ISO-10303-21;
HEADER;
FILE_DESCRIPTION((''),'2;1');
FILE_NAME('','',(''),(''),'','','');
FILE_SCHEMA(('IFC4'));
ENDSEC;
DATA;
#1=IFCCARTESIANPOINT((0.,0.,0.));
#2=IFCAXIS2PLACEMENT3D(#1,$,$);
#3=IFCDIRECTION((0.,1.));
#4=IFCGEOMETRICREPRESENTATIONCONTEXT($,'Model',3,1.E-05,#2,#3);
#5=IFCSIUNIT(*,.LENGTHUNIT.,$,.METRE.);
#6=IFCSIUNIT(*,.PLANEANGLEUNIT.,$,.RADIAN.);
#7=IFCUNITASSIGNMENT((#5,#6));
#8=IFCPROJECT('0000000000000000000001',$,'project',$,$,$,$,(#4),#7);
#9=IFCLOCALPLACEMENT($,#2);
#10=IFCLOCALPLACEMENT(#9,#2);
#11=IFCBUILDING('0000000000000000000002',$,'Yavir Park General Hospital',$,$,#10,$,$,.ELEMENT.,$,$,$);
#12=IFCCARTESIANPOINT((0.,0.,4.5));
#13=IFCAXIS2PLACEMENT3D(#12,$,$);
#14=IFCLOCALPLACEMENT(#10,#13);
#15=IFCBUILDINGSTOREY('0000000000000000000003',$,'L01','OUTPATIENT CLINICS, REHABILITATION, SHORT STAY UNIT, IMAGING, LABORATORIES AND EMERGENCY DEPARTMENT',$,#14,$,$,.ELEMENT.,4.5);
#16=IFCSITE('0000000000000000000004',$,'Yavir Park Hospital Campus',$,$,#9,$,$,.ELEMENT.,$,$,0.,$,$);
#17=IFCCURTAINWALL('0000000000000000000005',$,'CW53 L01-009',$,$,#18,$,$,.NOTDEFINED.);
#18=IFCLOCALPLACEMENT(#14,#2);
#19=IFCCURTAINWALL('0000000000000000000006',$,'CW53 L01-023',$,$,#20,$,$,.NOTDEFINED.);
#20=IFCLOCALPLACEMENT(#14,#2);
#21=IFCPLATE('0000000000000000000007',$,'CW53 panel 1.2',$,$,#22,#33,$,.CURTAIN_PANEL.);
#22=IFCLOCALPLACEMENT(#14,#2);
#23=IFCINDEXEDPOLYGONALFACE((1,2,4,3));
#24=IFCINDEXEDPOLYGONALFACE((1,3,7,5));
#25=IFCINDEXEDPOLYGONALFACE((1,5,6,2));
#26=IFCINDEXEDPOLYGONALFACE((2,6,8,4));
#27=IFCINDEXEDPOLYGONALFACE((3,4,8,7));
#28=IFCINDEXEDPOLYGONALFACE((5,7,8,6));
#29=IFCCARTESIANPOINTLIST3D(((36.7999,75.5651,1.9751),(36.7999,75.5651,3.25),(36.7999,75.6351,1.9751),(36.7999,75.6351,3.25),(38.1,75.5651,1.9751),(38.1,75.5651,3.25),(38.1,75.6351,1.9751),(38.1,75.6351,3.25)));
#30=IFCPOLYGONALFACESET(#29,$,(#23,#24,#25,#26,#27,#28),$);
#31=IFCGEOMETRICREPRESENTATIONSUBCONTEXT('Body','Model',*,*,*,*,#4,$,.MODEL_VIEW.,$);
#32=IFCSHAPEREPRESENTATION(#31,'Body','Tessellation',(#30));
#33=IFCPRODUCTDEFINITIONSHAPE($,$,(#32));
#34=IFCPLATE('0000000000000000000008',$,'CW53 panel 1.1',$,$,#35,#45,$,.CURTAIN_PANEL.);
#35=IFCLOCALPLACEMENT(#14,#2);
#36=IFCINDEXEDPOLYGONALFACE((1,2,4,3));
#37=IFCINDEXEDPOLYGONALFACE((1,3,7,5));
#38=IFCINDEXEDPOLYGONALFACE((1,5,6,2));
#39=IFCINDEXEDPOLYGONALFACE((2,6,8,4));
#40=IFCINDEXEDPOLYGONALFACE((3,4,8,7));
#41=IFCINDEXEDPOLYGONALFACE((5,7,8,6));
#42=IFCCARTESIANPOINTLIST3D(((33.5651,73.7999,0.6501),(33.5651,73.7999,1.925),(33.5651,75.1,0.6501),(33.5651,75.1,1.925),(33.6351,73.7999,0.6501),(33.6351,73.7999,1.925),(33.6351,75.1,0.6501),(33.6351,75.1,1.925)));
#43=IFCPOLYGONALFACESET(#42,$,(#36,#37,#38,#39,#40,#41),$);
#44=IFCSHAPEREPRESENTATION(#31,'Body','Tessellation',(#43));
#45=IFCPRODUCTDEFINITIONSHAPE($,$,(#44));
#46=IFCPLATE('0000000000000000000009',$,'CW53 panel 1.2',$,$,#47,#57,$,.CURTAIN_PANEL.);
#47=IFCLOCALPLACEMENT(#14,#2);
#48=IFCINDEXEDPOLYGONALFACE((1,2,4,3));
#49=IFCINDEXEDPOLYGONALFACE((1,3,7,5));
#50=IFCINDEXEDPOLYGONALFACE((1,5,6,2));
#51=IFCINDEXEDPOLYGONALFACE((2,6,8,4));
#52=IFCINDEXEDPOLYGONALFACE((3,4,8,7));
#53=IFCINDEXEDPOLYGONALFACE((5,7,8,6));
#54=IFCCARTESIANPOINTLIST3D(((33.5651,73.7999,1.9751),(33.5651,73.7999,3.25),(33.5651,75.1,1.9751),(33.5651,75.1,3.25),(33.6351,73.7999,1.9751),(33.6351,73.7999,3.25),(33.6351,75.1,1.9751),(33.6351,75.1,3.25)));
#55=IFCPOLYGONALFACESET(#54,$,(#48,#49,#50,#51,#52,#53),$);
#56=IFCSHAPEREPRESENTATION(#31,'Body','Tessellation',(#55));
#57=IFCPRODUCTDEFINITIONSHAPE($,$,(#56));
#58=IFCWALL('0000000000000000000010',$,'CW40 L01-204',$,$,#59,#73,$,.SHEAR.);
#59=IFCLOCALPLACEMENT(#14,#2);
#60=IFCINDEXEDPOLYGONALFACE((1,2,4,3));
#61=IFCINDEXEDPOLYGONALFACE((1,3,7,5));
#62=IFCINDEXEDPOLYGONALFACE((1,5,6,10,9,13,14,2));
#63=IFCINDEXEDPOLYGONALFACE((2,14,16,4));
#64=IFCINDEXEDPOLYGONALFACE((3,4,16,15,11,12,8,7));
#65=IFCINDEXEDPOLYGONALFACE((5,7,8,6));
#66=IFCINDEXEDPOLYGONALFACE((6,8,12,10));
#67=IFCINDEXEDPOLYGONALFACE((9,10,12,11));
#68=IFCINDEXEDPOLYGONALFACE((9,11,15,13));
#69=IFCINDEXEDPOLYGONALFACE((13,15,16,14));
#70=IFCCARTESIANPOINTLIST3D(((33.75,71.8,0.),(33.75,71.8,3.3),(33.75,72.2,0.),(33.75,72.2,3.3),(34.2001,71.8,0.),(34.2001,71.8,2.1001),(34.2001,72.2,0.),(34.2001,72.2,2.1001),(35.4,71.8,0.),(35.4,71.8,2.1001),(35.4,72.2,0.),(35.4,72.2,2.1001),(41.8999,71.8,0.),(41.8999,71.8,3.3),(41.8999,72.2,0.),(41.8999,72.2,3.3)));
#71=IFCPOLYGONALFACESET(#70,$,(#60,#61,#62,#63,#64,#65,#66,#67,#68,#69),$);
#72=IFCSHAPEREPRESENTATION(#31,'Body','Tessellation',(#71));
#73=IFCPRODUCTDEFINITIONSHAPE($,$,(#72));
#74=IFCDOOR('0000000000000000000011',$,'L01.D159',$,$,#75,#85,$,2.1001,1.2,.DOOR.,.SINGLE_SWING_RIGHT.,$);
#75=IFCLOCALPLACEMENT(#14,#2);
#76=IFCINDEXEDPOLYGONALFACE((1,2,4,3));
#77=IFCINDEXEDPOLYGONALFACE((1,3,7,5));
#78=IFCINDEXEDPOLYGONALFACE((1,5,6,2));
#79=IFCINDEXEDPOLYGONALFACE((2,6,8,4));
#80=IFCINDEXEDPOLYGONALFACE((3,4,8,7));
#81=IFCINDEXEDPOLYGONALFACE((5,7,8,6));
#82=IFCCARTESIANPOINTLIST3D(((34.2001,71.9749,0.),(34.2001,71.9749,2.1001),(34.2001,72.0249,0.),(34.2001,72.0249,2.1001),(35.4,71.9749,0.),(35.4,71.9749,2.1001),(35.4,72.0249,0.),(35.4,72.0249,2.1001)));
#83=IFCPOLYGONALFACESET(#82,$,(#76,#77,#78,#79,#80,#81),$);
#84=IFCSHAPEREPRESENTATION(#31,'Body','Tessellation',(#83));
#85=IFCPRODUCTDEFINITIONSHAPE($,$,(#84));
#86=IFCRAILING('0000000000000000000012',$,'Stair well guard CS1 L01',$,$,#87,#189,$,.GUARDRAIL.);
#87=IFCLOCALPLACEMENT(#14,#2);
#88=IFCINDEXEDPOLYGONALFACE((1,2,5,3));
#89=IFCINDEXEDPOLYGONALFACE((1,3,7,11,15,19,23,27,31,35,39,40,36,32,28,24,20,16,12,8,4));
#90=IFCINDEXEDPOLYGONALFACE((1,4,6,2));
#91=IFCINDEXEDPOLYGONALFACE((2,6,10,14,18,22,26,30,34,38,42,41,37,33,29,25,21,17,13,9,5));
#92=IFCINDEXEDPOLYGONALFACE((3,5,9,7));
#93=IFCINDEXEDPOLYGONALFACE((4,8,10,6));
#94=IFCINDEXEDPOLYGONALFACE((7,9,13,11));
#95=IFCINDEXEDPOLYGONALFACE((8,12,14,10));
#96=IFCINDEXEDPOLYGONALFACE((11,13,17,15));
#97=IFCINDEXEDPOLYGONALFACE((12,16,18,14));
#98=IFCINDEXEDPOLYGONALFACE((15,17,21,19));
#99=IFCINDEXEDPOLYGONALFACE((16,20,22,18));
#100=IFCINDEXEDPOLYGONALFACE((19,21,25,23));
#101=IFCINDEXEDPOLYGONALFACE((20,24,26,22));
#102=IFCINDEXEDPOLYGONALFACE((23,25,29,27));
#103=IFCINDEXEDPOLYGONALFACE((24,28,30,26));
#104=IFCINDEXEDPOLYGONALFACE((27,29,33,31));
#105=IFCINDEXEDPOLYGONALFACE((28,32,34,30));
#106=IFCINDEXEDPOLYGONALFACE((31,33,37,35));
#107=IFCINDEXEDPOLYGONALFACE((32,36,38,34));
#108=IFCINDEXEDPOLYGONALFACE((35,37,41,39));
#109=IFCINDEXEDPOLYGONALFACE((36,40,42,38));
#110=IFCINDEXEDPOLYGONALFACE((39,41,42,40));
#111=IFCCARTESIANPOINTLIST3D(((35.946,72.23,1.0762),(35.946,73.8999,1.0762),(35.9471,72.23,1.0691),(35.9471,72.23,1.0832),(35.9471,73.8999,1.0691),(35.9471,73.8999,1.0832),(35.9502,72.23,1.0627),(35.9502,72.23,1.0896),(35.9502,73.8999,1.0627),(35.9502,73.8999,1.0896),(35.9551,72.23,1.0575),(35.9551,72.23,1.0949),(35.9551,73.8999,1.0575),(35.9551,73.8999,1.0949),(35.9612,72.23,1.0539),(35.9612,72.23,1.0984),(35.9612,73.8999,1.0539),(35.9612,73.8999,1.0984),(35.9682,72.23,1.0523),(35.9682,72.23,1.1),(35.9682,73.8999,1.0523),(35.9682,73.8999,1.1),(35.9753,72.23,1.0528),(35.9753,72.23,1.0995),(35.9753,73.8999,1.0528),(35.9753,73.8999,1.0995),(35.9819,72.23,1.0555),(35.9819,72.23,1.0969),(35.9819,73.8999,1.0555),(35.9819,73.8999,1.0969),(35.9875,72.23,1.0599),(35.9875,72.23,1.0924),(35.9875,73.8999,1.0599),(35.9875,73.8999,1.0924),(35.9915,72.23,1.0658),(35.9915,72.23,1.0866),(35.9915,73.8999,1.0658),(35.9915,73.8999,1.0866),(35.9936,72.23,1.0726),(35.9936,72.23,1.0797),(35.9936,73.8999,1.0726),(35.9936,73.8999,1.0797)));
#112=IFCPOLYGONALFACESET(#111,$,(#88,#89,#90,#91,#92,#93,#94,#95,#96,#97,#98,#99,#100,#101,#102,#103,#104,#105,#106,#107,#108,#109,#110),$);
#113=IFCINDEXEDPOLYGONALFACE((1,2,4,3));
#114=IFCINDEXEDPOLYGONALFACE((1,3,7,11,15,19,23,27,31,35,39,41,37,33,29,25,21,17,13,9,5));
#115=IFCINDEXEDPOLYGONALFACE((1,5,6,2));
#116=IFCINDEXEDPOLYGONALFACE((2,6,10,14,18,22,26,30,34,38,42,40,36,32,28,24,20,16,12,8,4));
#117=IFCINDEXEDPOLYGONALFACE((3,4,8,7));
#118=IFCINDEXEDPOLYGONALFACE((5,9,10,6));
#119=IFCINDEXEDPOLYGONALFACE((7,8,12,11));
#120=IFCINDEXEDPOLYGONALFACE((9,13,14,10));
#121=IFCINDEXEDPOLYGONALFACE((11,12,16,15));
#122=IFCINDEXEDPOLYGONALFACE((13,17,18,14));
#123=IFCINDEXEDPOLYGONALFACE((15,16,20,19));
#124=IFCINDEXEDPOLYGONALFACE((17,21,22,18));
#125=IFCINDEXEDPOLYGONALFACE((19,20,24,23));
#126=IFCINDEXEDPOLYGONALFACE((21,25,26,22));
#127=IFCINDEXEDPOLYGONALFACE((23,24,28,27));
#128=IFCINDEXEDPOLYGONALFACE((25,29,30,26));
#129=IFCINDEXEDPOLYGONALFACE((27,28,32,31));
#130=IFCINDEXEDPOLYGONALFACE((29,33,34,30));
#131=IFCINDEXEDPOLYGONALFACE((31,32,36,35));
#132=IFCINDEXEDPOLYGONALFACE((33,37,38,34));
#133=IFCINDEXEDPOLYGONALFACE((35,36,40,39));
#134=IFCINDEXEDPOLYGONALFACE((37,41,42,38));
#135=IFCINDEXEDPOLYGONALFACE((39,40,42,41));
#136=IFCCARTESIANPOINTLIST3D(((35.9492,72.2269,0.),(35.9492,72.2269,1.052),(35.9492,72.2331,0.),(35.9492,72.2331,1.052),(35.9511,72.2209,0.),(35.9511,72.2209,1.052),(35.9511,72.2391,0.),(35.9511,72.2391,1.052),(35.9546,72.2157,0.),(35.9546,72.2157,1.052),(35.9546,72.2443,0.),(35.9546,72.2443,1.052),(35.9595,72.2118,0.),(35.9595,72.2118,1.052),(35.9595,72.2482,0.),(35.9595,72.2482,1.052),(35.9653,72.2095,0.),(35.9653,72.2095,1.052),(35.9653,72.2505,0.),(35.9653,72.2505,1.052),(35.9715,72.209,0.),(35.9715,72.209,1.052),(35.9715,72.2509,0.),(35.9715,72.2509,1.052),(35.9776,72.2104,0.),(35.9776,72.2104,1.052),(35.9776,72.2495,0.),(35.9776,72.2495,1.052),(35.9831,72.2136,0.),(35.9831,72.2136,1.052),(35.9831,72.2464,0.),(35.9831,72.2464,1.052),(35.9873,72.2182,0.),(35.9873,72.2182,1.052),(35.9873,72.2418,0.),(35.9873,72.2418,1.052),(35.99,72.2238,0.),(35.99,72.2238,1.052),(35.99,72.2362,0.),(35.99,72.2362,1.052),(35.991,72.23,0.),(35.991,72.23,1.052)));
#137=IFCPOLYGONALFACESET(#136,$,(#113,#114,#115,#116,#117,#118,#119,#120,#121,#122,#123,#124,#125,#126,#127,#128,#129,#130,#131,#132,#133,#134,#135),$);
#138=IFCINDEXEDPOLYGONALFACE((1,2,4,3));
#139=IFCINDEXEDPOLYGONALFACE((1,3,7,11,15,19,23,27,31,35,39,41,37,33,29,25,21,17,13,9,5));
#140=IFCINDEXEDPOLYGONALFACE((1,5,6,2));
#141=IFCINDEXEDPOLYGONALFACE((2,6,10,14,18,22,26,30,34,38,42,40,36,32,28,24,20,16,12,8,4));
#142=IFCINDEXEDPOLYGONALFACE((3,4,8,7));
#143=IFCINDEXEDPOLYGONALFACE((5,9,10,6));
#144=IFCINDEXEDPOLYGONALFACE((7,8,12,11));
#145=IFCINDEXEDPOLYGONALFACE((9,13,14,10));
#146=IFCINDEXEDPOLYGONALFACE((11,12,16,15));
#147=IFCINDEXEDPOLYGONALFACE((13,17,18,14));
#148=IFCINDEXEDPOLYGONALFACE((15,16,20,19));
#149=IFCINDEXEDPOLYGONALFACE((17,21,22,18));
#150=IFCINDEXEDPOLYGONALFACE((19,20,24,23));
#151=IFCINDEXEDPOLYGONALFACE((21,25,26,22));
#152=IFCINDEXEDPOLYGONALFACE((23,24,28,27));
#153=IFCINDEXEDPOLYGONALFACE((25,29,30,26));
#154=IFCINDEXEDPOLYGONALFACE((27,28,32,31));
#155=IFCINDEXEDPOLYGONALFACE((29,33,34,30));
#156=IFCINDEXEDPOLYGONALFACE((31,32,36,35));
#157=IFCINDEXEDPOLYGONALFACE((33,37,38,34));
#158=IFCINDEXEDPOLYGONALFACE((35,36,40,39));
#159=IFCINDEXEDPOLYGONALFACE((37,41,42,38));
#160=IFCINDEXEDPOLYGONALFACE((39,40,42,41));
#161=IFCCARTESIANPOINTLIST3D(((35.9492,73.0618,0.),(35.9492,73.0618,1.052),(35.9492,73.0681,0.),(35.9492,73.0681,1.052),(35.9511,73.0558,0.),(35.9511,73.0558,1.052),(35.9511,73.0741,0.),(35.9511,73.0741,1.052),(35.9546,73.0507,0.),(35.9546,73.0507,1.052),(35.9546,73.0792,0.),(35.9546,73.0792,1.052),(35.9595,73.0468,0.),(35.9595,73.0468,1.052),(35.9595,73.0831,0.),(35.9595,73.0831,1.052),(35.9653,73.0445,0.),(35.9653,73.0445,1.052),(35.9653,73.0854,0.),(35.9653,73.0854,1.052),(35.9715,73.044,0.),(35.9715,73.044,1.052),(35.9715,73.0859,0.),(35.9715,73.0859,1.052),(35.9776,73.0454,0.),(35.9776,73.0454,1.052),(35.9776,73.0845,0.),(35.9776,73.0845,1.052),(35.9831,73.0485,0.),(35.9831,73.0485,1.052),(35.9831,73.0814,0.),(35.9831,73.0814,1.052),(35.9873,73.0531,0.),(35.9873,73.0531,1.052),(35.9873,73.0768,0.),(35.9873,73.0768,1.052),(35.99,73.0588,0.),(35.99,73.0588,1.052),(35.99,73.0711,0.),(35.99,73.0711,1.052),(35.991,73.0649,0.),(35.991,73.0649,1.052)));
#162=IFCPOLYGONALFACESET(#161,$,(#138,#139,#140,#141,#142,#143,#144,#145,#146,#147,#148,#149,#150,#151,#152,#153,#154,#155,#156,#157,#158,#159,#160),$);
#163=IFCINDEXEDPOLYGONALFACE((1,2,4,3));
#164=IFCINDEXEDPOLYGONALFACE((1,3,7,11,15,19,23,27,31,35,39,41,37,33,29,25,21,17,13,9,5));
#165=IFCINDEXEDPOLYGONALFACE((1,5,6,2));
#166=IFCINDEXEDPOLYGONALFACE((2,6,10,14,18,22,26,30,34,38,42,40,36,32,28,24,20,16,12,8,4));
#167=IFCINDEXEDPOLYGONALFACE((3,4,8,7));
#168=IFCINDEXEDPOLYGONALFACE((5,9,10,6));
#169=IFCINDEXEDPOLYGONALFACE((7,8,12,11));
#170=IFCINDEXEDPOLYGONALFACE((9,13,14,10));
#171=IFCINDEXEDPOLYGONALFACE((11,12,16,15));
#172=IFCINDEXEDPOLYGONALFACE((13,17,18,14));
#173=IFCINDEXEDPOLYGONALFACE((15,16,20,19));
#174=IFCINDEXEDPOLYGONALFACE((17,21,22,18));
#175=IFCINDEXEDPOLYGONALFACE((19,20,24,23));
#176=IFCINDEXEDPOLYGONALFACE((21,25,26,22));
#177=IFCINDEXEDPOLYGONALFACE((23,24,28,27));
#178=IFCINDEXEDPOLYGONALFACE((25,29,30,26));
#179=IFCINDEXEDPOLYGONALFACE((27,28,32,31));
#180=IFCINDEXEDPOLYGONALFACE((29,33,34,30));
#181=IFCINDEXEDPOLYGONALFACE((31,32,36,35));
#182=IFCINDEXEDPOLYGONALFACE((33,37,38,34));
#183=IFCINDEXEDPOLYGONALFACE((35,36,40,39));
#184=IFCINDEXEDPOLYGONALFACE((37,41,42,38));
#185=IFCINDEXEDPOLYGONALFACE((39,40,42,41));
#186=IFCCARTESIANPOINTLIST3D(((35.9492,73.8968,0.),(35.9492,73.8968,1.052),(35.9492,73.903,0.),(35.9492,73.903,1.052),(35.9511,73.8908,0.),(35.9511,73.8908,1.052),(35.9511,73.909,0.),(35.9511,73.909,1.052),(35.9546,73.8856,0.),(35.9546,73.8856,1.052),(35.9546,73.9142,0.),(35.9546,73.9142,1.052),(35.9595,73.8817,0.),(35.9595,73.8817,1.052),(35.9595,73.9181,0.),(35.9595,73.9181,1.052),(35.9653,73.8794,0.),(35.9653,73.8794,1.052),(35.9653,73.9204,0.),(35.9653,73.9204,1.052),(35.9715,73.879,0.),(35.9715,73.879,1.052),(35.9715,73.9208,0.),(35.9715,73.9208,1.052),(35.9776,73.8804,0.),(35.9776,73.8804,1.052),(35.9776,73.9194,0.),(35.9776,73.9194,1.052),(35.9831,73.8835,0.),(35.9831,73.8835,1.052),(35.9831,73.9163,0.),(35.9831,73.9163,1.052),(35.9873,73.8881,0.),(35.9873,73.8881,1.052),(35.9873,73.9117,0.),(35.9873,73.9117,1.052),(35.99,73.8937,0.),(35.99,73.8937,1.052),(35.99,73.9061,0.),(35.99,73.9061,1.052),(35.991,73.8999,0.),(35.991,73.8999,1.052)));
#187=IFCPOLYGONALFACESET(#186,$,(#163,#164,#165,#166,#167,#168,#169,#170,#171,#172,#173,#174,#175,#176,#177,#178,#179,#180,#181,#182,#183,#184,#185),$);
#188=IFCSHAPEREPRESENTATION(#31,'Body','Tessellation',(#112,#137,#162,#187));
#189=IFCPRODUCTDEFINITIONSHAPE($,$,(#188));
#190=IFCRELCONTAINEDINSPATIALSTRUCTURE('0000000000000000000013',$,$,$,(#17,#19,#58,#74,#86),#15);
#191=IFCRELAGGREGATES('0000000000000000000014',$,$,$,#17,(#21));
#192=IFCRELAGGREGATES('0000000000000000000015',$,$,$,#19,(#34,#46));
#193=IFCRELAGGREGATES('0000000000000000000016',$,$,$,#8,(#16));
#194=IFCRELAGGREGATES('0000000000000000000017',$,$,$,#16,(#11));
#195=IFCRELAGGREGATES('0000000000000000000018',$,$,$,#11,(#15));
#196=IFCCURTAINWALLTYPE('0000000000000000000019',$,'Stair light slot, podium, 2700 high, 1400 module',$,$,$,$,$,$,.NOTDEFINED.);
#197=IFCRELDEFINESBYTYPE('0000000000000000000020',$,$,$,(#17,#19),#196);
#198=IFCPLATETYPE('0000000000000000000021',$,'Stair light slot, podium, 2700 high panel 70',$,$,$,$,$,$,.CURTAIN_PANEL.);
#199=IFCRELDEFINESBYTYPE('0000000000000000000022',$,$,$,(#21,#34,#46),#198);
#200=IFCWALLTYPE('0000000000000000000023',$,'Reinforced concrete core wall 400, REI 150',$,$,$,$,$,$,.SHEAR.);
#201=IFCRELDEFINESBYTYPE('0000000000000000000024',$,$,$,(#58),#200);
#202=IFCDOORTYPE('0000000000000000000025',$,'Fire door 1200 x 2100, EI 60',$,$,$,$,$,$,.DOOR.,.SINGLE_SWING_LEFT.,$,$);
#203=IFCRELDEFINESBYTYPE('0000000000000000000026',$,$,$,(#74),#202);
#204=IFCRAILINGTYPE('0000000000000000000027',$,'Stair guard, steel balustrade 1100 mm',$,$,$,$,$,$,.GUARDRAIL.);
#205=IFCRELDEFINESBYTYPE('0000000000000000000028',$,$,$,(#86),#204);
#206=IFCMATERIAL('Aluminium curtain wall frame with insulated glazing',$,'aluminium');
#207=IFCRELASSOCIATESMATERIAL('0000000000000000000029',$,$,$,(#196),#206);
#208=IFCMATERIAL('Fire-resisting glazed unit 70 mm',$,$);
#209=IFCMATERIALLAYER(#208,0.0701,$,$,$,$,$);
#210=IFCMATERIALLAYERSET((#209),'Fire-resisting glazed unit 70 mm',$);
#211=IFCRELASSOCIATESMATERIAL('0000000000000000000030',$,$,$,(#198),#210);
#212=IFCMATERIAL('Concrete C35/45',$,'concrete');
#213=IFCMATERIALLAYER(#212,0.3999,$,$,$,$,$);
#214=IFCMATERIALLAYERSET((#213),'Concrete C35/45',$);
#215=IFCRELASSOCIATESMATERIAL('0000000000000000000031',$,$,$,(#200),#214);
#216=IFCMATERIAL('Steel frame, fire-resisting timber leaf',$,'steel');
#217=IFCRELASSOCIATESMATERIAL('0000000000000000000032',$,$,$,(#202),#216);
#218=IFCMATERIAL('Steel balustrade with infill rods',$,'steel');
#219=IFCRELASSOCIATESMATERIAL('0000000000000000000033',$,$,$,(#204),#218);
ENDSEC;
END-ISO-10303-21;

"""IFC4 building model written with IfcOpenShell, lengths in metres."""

from ifc_helpers import new_model, si_unit, direction, frame, frame_2d, origin, origin_2d, place, context, subcontext, project, spatial, rectangle, circle, extrude, material, layer, layer_set, type_object, element, fill, aggregate, save


model = new_model("IFC4")

# Units and contexts
model_context = context("Model", 3, precision=1e-05, world=origin(), true_north=direction((0.0, 1.0)))
body_context = subcontext(model_context, "Body", "Model", "MODEL_VIEW")
ifc_project = project(units=[si_unit("LENGTHUNIT", "METRE"), si_unit("PLANEANGLEUNIT", "RADIAN")], contexts=[model_context])

# Site, building, storey
site_placement = place(None, origin())
site = spatial("IfcSite", under=ifc_project, at=site_placement, Name="Yavir Park Hospital Campus", CompositionType="ELEMENT", RefElevation=0.0)
building_placement = place(site_placement, origin())
building = spatial("IfcBuilding", under=site, at=building_placement, Name="Yavir Park General Hospital", CompositionType="ELEMENT")
storey_placement = place(building_placement, frame((0.0, 0.0, 4.5)))
storey = spatial("IfcBuildingStorey", under=building, at=storey_placement, Name="L01", Description="OUTPATIENT CLINICS, REHABILITATION, SHORT STAY UNIT, IMAGING, LABORATORIES AND EMERGENCY DEPARTMENT", CompositionType="ELEMENT", Elevation=4.5)

# Curtain walls
ifc_material_1 = material(Name="Aluminium curtain wall frame with insulated glazing", Category="aluminium")
curtain_wall_type = type_object("IfcCurtainWallType", Name="Stair light slot, podium, 2700 high, 1400 module", PredefinedType="NOTDEFINED", material=ifc_material_1)
curtain_wall_1_placement = place(storey_placement, origin())
curtain_wall_1 = element("IfcCurtainWall", 1, at=curtain_wall_1_placement, inside=storey, type_object=curtain_wall_type, Name="CW53 L01-009", PredefinedType="NOTDEFINED")
curtain_wall_2_placement = place(storey_placement, origin())
curtain_wall_2 = element("IfcCurtainWall", 2, at=curtain_wall_2_placement, inside=storey, type_object=curtain_wall_type, Name="CW53 L01-023", PredefinedType="NOTDEFINED")

# Plates
ifc_material_2 = material(Name="Fire-resisting glazed unit 70 mm")
ifc_layer_1 = layer(ifc_material_2, 0.0701)
ifc_layer_set_1 = layer_set([ifc_layer_1], Name="Fire-resisting glazed unit 70 mm")
plate_type = type_object("IfcPlateType", Name="Stair light slot, podium, 2700 high panel 70", PredefinedType="CURTAIN_PANEL", material=ifc_layer_set_1)
plate_1_placement = place(storey_placement, frame((37.45, 75.6001, 1.9751), z_axis=(0.0, 0.0, 1.0), x_axis=(1.0, 0.0, 0.0)))
plate_1 = element("IfcPlate", 3, at=plate_1_placement, type_object=plate_type, Name="CW53 panel 1.2", PredefinedType="CURTAIN_PANEL", context=body_context, shape_type="SweptSolid", body=[
    extrude(rectangle(XDim=1.3, YDim=0.0701, at=origin_2d()), origin(), (0.0, 0.0, 1.0), 1.2749),
])
aggregate(curtain_wall_1, [plate_1])
plate_2_placement = place(storey_placement, frame((33.6001, 74.45, 0.6501), z_axis=(0.0, 0.0, 1.0), x_axis=(0.0, 1.0, 0.0)))
plate_2 = element("IfcPlate", 4, at=plate_2_placement, type_object=plate_type, Name="CW53 panel 1.1", PredefinedType="CURTAIN_PANEL", context=body_context, shape_type="SweptSolid", body=[
    extrude(rectangle(XDim=1.3, YDim=0.0701, at=origin_2d()), origin(), (0.0, 0.0, 1.0), 1.2749),
])
plate_3_placement = place(storey_placement, frame((33.6001, 74.45, 1.9751), z_axis=(0.0, 0.0, 1.0), x_axis=(0.0, 1.0, 0.0)))
plate_3 = element("IfcPlate", 5, at=plate_3_placement, type_object=plate_type, Name="CW53 panel 1.2", PredefinedType="CURTAIN_PANEL", context=body_context, shape_type="SweptSolid", body=[
    extrude(rectangle(XDim=1.3, YDim=0.0701, at=origin_2d()), origin(), (0.0, 0.0, 1.0), 1.2749),
])
aggregate(curtain_wall_2, [plate_2, plate_3])

# Wall, opening, door
ifc_material_3 = material(Name="Concrete C35/45", Category="concrete")
ifc_layer_2 = layer(ifc_material_3, 0.3999)
ifc_layer_set_2 = layer_set([ifc_layer_2], Name="Concrete C35/45")
wall_type = type_object("IfcWallType", Name="Reinforced concrete core wall 400, REI 150", PredefinedType="SHEAR", material=ifc_layer_set_2)
wall_placement = place(storey_placement, frame((33.75, 72.0, 0.0), z_axis=(0.0, 0.0, 1.0), x_axis=(1.0, 0.0, 0.0)))
wall = element("IfcWall", 6, at=wall_placement, inside=storey, type_object=wall_type, Name="CW40 L01-204", PredefinedType="SHEAR", context=body_context, shape_type="SweptSolid", body=[
    extrude(rectangle(XDim=8.1499, YDim=0.3999, at=frame_2d((4.075, 0.0))), origin(), (0.0, 0.0, 1.0), 3.3),
])
opening_placement = place(wall_placement, frame((0.45, 0.0, 0.0)))
opening = element("IfcOpeningElement", 7, at=opening_placement, cuts=wall, PredefinedType="OPENING", context=body_context, shape_type="SweptSolid", body=[
    extrude(rectangle(XDim=1.2, YDim=2.1001, at=frame_2d((0.6001, 1.05))), frame((0.0, 0.21, 0.0), z_axis=(0.0, -1.0, 0.0), x_axis=(1.0, 0.0, 0.0)), (0.0, 0.0, 1.0), 0.4199),
])
ifc_material_4 = material(Name="Steel frame, fire-resisting timber leaf", Category="steel")
door_type = type_object("IfcDoorType", Name="Fire door 1200 x 2100, EI 60", OperationType="SINGLE_SWING_LEFT", PredefinedType="DOOR", material=ifc_material_4)
door_placement = place(opening_placement, origin())
door = element("IfcDoor", 8, at=door_placement, inside=storey, type_object=door_type, Name="L01.D159", OperationType="SINGLE_SWING_RIGHT", OverallHeight=2.1001, OverallWidth=1.2, PredefinedType="DOOR", context=body_context, shape_type="SweptSolid", body=[
    extrude(rectangle(XDim=1.2, YDim=2.1001, at=frame_2d((0.6001, 1.05))), frame((0.0, 0.0249, 0.0), z_axis=(0.0, -1.0, 0.0), x_axis=(1.0, 0.0, 0.0)), (0.0, 0.0, 1.0), 0.05),
])
fill(opening, door)

# Railing
ifc_material_5 = material(Name="Steel balustrade with infill rods", Category="steel")
railing_type = type_object("IfcRailingType", Name="Stair guard, steel balustrade 1100 mm", PredefinedType="GUARDRAIL", material=ifc_material_5)
railing_placement = place(storey_placement, frame((35.97, 72.23, 0.0)))
element("IfcRailing", 9, at=railing_placement, inside=storey, type_object=railing_type, Name="Stair well guard CS1 L01", PredefinedType="GUARDRAIL", context=body_context, shape_type="SweptSolid", body=[
    extrude(circle(Radius=0.0239, at=origin_2d()), frame((0.0, 0.0, 1.0762), z_axis=(0.0, 1.0, 0.0), x_axis=(-1.0, 0.0, 0.0)), (0.0, 0.0, 1.0), 1.6699),
    extrude(circle(Radius=0.021, at=origin_2d()), origin(), (0.0, 0.0, 1.0), 1.052),
    extrude(circle(Radius=0.021, at=origin_2d()), frame((0.0, 0.835, 0.0)), (0.0, 0.0, 1.0), 1.052),
    extrude(circle(Radius=0.021, at=origin_2d()), frame((0.0, 1.6699, 0.0)), (0.0, 0.0, 1.0), 1.052),
])

save(model, "model.ifc")
